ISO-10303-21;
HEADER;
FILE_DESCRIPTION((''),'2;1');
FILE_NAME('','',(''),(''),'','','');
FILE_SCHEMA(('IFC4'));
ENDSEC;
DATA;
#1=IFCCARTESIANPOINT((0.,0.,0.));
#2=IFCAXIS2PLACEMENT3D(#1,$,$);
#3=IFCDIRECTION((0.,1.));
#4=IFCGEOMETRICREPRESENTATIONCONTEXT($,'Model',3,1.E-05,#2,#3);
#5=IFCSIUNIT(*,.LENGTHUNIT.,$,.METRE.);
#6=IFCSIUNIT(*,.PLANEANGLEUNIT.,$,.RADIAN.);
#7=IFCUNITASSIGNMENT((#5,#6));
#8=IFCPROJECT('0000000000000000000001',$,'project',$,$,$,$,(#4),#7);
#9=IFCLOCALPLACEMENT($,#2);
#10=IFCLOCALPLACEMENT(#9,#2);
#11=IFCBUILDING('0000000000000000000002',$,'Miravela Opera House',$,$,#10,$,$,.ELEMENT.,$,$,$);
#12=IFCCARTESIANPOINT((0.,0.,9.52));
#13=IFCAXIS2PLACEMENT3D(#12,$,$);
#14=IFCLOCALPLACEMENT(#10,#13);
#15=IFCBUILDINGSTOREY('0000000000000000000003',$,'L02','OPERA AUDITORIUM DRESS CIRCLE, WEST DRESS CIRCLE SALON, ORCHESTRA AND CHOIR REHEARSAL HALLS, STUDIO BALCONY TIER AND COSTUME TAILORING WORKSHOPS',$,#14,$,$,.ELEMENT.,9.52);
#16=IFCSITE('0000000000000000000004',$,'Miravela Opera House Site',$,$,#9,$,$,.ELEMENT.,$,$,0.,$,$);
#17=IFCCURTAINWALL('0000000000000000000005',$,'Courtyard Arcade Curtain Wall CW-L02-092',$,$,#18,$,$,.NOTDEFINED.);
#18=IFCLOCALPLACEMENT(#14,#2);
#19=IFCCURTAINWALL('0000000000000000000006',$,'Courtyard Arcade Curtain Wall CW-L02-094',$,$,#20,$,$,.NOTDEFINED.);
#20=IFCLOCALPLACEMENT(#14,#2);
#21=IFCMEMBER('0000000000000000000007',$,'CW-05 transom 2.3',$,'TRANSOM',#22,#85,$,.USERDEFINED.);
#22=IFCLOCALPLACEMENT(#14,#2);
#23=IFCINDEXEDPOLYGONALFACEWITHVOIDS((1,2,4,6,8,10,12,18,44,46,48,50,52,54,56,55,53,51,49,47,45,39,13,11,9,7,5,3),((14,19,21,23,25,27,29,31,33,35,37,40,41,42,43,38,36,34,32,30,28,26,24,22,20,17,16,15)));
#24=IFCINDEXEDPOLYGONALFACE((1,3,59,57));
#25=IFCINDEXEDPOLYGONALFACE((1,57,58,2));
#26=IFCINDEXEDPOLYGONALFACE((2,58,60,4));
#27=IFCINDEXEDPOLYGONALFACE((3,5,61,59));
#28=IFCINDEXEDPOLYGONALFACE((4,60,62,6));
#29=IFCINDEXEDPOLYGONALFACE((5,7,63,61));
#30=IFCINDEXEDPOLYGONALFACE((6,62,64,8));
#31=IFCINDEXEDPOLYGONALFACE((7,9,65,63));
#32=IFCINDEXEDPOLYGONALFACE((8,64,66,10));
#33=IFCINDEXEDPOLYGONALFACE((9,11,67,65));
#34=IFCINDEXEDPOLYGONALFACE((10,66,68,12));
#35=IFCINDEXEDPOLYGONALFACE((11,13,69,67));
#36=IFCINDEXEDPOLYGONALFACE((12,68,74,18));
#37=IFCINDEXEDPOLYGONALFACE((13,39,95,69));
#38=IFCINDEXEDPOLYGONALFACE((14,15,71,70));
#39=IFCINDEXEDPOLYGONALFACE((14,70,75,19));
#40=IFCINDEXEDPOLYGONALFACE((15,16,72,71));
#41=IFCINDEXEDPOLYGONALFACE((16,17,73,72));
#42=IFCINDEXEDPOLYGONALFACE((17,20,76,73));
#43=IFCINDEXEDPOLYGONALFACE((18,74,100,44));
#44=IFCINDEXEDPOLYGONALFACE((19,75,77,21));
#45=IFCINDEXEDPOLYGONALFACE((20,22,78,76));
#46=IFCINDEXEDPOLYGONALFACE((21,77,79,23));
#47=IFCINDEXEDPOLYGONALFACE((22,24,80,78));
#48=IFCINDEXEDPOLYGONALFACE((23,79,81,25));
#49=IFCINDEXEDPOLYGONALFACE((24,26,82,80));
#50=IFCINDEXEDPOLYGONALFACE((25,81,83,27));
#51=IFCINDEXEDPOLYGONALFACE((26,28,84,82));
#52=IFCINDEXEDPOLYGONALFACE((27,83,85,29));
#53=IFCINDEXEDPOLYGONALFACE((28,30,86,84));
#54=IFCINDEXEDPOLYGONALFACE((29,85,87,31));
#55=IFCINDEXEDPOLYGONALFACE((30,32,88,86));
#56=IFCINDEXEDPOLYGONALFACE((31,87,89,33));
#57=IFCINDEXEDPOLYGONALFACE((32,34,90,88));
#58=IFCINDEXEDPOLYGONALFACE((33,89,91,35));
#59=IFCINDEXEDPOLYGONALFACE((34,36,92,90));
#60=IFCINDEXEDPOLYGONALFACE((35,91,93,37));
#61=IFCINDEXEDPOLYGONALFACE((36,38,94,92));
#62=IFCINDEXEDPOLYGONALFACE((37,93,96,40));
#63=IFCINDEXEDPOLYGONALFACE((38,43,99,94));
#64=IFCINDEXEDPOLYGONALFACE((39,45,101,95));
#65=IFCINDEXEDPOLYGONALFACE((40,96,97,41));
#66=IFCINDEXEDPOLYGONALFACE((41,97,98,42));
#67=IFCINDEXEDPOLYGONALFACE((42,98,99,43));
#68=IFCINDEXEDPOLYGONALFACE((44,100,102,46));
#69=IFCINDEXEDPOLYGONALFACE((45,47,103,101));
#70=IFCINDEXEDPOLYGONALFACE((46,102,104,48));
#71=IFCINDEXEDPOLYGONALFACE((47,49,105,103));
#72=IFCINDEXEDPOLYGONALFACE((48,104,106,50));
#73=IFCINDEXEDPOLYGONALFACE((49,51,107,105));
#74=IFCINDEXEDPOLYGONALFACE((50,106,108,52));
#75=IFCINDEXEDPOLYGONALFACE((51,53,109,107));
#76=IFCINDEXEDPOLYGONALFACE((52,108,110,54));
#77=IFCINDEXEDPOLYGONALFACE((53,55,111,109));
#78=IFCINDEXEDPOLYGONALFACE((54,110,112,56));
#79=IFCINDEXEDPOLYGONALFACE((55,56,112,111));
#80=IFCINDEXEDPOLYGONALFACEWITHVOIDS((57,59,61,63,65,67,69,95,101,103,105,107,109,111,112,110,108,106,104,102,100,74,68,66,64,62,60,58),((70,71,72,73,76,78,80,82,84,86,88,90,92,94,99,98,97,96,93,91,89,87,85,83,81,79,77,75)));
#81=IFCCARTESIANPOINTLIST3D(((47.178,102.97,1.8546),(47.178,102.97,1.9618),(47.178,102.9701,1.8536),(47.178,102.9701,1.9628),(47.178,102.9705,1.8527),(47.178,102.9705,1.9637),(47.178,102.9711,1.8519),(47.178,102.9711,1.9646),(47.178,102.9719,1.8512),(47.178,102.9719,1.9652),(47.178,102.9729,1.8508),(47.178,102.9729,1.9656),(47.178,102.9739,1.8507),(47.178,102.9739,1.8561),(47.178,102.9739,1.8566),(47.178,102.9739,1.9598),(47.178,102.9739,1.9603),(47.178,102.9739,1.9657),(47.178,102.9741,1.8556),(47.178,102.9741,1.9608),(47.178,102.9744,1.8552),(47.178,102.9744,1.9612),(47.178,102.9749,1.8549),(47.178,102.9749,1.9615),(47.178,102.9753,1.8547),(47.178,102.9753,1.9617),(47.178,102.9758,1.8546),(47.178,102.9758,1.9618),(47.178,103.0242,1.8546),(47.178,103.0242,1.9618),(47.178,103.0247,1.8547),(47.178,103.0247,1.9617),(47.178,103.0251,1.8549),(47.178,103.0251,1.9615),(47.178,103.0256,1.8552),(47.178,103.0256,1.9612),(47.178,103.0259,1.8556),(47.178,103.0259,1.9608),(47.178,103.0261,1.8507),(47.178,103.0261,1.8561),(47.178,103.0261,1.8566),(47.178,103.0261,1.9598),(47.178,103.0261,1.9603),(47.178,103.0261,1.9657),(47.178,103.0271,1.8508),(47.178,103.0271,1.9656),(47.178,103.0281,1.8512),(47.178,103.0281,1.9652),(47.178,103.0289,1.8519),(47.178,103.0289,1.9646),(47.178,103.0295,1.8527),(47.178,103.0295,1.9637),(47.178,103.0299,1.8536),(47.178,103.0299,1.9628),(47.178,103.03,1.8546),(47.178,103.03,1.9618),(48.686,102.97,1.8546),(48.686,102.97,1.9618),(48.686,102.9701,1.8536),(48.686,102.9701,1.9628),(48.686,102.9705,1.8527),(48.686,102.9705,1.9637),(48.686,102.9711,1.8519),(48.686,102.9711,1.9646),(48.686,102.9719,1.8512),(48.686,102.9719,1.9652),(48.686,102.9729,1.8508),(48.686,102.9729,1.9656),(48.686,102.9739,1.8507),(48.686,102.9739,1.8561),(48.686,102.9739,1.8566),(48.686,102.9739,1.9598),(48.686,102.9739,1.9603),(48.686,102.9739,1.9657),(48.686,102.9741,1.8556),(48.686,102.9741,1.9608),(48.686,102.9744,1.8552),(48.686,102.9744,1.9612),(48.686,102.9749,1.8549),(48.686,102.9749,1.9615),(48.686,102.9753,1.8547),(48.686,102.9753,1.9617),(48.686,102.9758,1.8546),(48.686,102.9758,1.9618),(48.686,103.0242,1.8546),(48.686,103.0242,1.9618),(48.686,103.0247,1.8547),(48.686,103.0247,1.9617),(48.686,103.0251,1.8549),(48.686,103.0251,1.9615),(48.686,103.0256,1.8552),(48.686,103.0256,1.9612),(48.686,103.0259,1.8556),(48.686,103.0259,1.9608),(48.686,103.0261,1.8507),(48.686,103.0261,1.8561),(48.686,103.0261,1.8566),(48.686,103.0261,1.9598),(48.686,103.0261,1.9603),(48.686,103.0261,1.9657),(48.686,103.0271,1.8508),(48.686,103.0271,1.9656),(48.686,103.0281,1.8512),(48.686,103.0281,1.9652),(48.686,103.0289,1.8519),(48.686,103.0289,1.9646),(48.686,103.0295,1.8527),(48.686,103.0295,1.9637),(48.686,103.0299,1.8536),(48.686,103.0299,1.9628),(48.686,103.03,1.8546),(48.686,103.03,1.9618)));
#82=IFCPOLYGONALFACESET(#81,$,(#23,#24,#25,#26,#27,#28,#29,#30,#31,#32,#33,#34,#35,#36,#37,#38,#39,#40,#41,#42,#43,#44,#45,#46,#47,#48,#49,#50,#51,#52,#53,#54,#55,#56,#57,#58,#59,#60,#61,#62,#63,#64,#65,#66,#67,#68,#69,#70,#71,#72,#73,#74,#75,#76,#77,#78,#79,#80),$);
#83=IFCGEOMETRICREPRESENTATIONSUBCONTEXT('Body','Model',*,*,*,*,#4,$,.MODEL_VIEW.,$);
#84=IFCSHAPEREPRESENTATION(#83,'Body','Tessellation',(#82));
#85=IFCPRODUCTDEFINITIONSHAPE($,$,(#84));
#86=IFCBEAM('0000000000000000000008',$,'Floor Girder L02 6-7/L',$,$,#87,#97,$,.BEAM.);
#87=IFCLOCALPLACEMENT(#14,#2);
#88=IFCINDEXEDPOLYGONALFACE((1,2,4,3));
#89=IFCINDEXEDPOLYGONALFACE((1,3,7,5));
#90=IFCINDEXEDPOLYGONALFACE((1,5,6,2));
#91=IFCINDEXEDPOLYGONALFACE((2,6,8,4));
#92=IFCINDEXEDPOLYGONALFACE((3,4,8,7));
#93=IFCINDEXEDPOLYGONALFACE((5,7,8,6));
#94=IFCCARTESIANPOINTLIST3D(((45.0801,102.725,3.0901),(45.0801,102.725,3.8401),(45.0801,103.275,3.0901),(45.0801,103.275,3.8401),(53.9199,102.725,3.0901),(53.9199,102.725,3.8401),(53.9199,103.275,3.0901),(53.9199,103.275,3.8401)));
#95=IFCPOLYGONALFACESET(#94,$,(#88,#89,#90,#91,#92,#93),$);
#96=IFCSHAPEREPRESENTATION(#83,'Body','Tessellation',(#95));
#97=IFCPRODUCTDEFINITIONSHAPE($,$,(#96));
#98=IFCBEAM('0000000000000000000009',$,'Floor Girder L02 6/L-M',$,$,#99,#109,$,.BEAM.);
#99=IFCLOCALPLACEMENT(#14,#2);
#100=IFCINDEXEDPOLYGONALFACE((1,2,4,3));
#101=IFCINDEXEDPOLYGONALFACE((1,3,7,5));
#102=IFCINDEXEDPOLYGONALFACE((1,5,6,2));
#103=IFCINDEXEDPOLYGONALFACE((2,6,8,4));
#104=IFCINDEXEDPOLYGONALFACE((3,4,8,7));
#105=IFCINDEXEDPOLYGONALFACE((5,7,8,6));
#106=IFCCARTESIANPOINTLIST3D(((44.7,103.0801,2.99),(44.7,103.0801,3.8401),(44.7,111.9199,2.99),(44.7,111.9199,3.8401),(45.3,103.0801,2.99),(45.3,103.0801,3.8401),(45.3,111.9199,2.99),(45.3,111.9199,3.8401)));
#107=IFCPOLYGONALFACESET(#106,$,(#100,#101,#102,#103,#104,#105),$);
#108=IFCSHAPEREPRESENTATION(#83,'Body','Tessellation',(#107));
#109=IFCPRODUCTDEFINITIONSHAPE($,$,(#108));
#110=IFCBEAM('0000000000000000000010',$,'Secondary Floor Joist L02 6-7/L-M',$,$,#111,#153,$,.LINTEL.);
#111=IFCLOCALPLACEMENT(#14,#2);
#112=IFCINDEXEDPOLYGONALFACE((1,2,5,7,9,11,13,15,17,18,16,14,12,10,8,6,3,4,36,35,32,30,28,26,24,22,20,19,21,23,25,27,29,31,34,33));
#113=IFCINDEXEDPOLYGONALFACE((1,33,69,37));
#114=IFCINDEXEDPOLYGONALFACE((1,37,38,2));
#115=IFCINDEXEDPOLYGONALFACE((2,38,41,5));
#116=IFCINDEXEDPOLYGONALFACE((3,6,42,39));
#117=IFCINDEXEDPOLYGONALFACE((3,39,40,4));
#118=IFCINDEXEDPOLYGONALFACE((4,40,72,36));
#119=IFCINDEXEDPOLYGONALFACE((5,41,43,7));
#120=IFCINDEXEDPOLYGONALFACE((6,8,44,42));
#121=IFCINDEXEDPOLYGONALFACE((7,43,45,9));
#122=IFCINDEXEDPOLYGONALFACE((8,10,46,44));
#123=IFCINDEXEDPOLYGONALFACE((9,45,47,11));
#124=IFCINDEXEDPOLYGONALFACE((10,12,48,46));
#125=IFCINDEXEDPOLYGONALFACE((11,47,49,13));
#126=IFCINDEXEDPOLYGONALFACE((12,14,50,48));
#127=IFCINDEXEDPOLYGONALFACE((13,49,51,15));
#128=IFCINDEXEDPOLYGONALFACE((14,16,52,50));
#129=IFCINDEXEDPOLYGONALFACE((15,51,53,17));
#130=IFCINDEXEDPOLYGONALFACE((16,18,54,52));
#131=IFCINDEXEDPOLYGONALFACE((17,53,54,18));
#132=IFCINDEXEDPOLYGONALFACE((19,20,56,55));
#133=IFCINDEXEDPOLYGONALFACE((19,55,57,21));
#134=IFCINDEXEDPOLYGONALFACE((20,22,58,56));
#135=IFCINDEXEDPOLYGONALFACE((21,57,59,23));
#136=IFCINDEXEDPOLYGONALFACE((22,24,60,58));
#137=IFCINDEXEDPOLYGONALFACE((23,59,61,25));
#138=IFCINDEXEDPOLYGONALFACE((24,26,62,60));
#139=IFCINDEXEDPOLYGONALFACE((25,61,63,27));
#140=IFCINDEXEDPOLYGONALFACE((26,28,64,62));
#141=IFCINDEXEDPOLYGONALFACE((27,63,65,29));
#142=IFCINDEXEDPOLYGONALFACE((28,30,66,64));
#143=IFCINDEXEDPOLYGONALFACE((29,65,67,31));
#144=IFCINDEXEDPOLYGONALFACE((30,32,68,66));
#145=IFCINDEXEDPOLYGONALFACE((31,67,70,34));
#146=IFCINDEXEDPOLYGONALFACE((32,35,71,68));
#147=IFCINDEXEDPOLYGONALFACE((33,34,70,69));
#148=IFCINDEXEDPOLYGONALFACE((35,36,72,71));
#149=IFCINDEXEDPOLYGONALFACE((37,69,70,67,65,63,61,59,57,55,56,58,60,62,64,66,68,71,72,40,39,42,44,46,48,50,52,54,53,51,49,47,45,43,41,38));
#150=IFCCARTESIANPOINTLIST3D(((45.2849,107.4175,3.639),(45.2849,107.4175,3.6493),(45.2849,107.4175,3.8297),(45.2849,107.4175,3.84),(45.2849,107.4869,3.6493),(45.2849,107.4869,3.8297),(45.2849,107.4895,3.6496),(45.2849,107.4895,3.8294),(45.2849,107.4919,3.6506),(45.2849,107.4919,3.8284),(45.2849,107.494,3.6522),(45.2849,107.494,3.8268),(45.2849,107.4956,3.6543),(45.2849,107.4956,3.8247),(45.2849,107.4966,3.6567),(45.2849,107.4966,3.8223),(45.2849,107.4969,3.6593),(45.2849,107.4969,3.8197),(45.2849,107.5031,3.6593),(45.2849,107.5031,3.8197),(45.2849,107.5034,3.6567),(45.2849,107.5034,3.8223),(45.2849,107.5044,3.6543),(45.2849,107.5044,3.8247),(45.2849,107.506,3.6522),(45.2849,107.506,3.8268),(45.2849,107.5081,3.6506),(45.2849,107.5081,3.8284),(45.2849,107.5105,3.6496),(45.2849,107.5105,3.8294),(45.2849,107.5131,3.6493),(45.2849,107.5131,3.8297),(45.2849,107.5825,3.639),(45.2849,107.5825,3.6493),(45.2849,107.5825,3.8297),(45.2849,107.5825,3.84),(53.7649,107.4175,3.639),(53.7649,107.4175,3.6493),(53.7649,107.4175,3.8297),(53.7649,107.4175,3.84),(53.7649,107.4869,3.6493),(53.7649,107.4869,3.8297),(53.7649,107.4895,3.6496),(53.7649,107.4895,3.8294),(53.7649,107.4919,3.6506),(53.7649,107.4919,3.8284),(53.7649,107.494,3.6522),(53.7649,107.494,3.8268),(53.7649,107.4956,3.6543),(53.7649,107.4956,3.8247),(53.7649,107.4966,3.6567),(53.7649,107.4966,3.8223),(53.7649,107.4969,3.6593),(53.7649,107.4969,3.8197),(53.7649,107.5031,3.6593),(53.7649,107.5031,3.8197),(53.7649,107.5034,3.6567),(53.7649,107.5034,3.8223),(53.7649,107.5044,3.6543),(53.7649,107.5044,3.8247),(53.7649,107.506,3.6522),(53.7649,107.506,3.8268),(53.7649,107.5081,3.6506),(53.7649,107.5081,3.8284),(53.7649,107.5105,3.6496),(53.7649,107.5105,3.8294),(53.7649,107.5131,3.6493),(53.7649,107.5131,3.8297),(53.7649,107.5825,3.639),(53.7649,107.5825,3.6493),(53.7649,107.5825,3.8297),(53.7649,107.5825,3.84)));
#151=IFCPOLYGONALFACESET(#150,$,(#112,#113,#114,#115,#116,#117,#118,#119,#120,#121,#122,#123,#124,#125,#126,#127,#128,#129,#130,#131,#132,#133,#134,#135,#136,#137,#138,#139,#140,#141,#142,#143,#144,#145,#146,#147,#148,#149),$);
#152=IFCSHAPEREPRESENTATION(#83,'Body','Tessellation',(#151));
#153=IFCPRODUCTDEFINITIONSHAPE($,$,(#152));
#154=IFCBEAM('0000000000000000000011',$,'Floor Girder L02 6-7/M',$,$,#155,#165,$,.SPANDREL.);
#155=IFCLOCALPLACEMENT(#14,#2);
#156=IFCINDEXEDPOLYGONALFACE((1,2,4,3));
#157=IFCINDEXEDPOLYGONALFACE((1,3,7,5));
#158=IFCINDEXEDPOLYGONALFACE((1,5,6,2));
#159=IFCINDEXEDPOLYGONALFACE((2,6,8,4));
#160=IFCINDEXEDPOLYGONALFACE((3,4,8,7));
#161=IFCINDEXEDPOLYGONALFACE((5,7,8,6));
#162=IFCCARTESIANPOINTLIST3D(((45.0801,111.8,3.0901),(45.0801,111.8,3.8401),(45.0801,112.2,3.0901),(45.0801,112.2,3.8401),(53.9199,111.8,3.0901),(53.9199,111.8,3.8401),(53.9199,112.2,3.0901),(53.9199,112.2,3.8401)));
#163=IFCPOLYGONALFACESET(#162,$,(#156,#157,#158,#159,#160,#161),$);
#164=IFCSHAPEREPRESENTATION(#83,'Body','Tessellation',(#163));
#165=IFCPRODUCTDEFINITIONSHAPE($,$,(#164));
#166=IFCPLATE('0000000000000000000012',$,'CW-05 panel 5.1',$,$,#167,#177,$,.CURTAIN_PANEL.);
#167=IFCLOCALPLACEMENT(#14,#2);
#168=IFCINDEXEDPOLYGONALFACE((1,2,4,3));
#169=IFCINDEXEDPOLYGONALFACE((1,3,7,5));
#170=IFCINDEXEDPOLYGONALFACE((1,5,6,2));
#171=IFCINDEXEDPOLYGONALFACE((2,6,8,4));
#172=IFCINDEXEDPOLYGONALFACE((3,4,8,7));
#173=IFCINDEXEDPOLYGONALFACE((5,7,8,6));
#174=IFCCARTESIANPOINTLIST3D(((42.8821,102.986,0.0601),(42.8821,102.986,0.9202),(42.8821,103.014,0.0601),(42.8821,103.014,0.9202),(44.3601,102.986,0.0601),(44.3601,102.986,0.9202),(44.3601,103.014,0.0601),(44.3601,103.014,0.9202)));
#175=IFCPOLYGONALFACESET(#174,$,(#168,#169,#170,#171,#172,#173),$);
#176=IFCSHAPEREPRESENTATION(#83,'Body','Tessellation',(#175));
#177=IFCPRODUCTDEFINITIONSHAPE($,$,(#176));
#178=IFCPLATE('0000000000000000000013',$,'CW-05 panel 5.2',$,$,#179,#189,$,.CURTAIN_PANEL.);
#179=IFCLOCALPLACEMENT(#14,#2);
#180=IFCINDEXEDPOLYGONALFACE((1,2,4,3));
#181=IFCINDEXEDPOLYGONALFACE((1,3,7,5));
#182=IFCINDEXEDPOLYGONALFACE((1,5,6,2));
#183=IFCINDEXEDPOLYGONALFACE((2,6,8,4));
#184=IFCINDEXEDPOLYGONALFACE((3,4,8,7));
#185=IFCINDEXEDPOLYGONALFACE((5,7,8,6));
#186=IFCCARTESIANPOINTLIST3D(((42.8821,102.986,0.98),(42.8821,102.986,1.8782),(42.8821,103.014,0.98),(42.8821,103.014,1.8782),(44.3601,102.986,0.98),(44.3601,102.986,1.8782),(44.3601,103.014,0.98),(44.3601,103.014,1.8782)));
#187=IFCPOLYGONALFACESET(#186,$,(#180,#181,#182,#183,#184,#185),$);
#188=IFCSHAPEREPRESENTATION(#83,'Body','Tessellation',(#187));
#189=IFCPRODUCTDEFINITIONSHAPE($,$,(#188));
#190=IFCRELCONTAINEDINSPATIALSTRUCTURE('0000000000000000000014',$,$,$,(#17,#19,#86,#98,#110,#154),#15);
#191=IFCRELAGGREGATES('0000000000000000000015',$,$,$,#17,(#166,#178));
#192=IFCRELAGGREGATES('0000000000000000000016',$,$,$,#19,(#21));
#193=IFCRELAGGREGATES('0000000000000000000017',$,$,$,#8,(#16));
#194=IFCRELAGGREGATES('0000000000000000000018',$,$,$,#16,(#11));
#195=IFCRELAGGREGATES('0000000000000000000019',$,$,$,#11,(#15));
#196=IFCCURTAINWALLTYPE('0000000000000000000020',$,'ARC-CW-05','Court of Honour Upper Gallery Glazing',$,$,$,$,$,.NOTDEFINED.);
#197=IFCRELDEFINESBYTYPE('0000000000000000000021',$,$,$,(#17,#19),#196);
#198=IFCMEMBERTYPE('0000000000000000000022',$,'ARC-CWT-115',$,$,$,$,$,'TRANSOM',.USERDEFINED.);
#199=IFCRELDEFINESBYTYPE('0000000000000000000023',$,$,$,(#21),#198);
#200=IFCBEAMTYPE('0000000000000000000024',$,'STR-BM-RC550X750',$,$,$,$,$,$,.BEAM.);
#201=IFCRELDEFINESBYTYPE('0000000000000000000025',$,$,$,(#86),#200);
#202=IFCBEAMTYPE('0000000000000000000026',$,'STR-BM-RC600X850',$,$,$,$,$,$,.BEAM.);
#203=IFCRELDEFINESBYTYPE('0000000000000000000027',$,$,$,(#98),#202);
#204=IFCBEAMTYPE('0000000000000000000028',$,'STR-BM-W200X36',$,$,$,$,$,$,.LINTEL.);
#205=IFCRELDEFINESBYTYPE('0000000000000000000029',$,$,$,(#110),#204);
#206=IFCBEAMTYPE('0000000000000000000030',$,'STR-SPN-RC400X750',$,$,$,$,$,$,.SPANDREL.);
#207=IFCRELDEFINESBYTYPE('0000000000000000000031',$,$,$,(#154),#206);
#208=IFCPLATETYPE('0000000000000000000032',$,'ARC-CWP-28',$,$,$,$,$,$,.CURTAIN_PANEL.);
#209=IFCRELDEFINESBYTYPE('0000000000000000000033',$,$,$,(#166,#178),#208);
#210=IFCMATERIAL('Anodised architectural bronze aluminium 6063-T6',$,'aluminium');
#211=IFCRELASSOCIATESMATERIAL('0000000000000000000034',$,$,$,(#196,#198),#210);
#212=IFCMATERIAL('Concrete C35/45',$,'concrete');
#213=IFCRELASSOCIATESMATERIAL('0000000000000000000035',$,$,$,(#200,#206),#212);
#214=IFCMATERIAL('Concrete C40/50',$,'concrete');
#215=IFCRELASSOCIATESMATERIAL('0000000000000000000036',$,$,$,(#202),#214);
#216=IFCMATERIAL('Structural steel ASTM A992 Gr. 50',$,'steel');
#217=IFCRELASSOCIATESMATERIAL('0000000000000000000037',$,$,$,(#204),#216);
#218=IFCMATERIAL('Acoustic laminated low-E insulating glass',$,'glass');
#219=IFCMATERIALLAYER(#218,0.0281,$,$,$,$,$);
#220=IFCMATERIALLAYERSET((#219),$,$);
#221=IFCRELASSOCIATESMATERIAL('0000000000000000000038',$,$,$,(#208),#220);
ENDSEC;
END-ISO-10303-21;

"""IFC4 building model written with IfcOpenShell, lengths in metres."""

from ifc_helpers import new_model, si_unit, direction, frame, origin, origin_2d, place, context, subcontext, project, spatial, rectangle, hollow_rectangle, i_section, extrude, material, layer, layer_set, material_profile, profile_set, type_object, element, aggregate, save


model = new_model("IFC4")

# Units and contexts
model_context = context("Model", 3, precision=1e-05, world=origin(), true_north=direction((0.0, 1.0)))
body_context = subcontext(model_context, "Body", "Model", "MODEL_VIEW")
ifc_project = project(units=[si_unit("LENGTHUNIT", "METRE"), si_unit("PLANEANGLEUNIT", "RADIAN")], contexts=[model_context])

# Site, building, storey
site_placement = place(None, origin())
site = spatial("IfcSite", under=ifc_project, at=site_placement, Name="Miravela Opera House Site", CompositionType="ELEMENT", RefElevation=0.0)
building_placement = place(site_placement, origin())
building = spatial("IfcBuilding", under=site, at=building_placement, Name="Miravela Opera House", CompositionType="ELEMENT")
storey_placement = place(building_placement, frame((0.0, 0.0, 9.52)))
storey = spatial("IfcBuildingStorey", under=building, at=storey_placement, Name="L02", Description="OPERA AUDITORIUM DRESS CIRCLE, WEST DRESS CIRCLE SALON, ORCHESTRA AND CHOIR REHEARSAL HALLS, STUDIO BALCONY TIER AND COSTUME TAILORING WORKSHOPS", CompositionType="ELEMENT", Elevation=9.52)

# Shared definitions
ifc_material_1 = material(Name="Concrete C35/45", Category="concrete")

# Curtain wall
ifc_material_2 = material(Name="Anodised architectural bronze aluminium 6063-T6", Category="aluminium")
curtain_wall_type = type_object("IfcCurtainWallType", Name="ARC-CW-05", Description="Court of Honour Upper Gallery Glazing", PredefinedType="NOTDEFINED", material=ifc_material_2)
curtain_wall_1_placement = place(storey_placement, origin())
curtain_wall_1 = element("IfcCurtainWall", 1, at=curtain_wall_1_placement, inside=storey, type_object=curtain_wall_type, Name="Courtyard Arcade Curtain Wall CW-L02-092", PredefinedType="NOTDEFINED")

# Curtain wall
curtain_wall_2_placement = place(storey_placement, origin())
curtain_wall_2 = element("IfcCurtainWall", 2, at=curtain_wall_2_placement, inside=storey, type_object=curtain_wall_type, Name="Courtyard Arcade Curtain Wall CW-L02-094", PredefinedType="NOTDEFINED")

# Member
ifc_material_profile_1 = material_profile(ifc_material_2, hollow_rectangle(XDim=0.0601, YDim=0.115, WallThickness=0.0039, InnerFilletRadius=0.002, OuterFilletRadius=0.0039, at=origin_2d()), Name="CWT-60X115")
ifc_profile_set_1 = profile_set([ifc_material_profile_1])
member_type_1 = type_object("IfcMemberType", Name="ARC-CWT-115", ElementType="TRANSOM", PredefinedType="USERDEFINED", material=ifc_profile_set_1)
member_1_placement = place(storey_placement, frame((47.178, 103.0, 1.9082), z_axis=(1.0, 0.0, 0.0), x_axis=(0.0, 1.0, 0.0)))
member_1 = element("IfcMember", 3, at=member_1_placement, type_object=member_type_1, Name="CW-05 transom 2.3", ObjectType="TRANSOM", PredefinedType="USERDEFINED", context=body_context, shape_type="SweptSolid", body=[
    extrude(hollow_rectangle(XDim=0.0601, YDim=0.115, WallThickness=0.0039, InnerFilletRadius=0.002, OuterFilletRadius=0.0039, at=origin_2d()), origin(), (0.0, 0.0, 1.0), 1.5081),
])

# Beams
ifc_material_profile_2 = material_profile(ifc_material_1, rectangle(XDim=0.55, YDim=0.75, at=origin_2d()), Name="RC-BM-550X750")
ifc_profile_set_2 = profile_set([ifc_material_profile_2])
beam_type_1 = type_object("IfcBeamType", Name="STR-BM-RC550X750", PredefinedType="BEAM", material=ifc_profile_set_2)
beam_1_placement = place(storey_placement, frame((45.0801, 103.0, 3.4651), z_axis=(1.0, 0.0, 0.0), x_axis=(0.0, 1.0, 0.0)))
element("IfcBeam", 4, at=beam_1_placement, inside=storey, type_object=beam_type_1, Name="Floor Girder L02 6-7/L", PredefinedType="BEAM", context=body_context, shape_type="SweptSolid", body=[
    extrude(rectangle(XDim=0.55, YDim=0.75, at=origin_2d()), origin(), (0.0, 0.0, 1.0), 8.8398),
])
ifc_material_3 = material(Name="Concrete C40/50", Category="concrete")
ifc_material_profile_3 = material_profile(ifc_material_3, rectangle(XDim=0.6001, YDim=0.8501, at=origin_2d()), Name="RC-BM-600X850")
ifc_profile_set_3 = profile_set([ifc_material_profile_3])
beam_type_2 = type_object("IfcBeamType", Name="STR-BM-RC600X850", PredefinedType="BEAM", material=ifc_profile_set_3)
beam_2_placement = place(storey_placement, frame((45.0, 103.0801, 3.415), z_axis=(0.0, 1.0, 0.0), x_axis=(-1.0, 0.0, 0.0)))
element("IfcBeam", 5, at=beam_2_placement, inside=storey, type_object=beam_type_2, Name="Floor Girder L02 6/L-M", PredefinedType="BEAM", context=body_context, shape_type="SweptSolid", body=[
    extrude(rectangle(XDim=0.6001, YDim=0.8501, at=origin_2d()), origin(), (0.0, 0.0, 1.0), 8.8398),
])
ifc_material_4 = material(Name="Structural steel ASTM A992 Gr. 50", Category="steel")
ifc_material_profile_4 = material_profile(ifc_material_4, i_section(OverallWidth=0.165, OverallDepth=0.2009, WebThickness=0.0061, FlangeThickness=0.0103, FilletRadius=0.01, at=origin_2d()), Name="W200X36")
ifc_profile_set_4 = profile_set([ifc_material_profile_4])
beam_type_3 = type_object("IfcBeamType", Name="STR-BM-W200X36", PredefinedType="LINTEL", material=ifc_profile_set_4)
beam_3_placement = place(storey_placement, frame((45.2849, 107.5, 3.7395), z_axis=(1.0, 0.0, 0.0), x_axis=(0.0, 1.0, 0.0)))
element("IfcBeam", 6, at=beam_3_placement, inside=storey, type_object=beam_type_3, Name="Secondary Floor Joist L02 6-7/L-M", PredefinedType="LINTEL", context=body_context, shape_type="SweptSolid", body=[
    extrude(i_section(OverallWidth=0.165, OverallDepth=0.2009, WebThickness=0.0061, FlangeThickness=0.0103, FilletRadius=0.01, at=origin_2d()), origin(), (0.0, 0.0, 1.0), 8.48),
])
ifc_material_profile_5 = material_profile(ifc_material_1, rectangle(XDim=0.3999, YDim=0.75, at=origin_2d()), Name="RC-SPN-400X750")
ifc_profile_set_5 = profile_set([ifc_material_profile_5])
beam_type_4 = type_object("IfcBeamType", Name="STR-SPN-RC400X750", PredefinedType="SPANDREL", material=ifc_profile_set_5)
beam_4_placement = place(storey_placement, frame((45.0801, 112.0, 3.4651), z_axis=(1.0, 0.0, 0.0), x_axis=(0.0, 1.0, 0.0)))
element("IfcBeam", 7, at=beam_4_placement, inside=storey, type_object=beam_type_4, Name="Floor Girder L02 6-7/M", PredefinedType="SPANDREL", context=body_context, shape_type="SweptSolid", body=[
    extrude(rectangle(XDim=0.3999, YDim=0.75, at=origin_2d()), origin(), (0.0, 0.0, 1.0), 8.8398),
])

# Plates
ifc_material_5 = material(Name="Acoustic laminated low-E insulating glass", Category="glass")
ifc_layer = layer(ifc_material_5, 0.0281)
ifc_layer_set = layer_set([ifc_layer])
plate_type = type_object("IfcPlateType", Name="ARC-CWP-28", PredefinedType="CURTAIN_PANEL", material=ifc_layer_set)
plate_1_placement = place(storey_placement, frame((43.6211, 103.0, 0.0601), z_axis=(0.0, 0.0, 1.0), x_axis=(1.0, 0.0, 0.0)))
plate_1 = element("IfcPlate", 8, at=plate_1_placement, type_object=plate_type, Name="CW-05 panel 5.1", PredefinedType="CURTAIN_PANEL", context=body_context, shape_type="SweptSolid", body=[
    extrude(rectangle(XDim=1.478, YDim=0.0281, at=origin_2d()), origin(), (0.0, 0.0, 1.0), 0.8601),
])
plate_2_placement = place(storey_placement, frame((43.6211, 103.0, 0.98), z_axis=(0.0, 0.0, 1.0), x_axis=(1.0, 0.0, 0.0)))
plate_2 = element("IfcPlate", 9, at=plate_2_placement, type_object=plate_type, Name="CW-05 panel 5.2", PredefinedType="CURTAIN_PANEL", context=body_context, shape_type="SweptSolid", body=[
    extrude(rectangle(XDim=1.478, YDim=0.0281, at=origin_2d()), origin(), (0.0, 0.0, 1.0), 0.8982),
])
aggregate(curtain_wall_1, [plate_1, plate_2])
aggregate(curtain_wall_2, [member_1])

save(model, "model.ifc")
